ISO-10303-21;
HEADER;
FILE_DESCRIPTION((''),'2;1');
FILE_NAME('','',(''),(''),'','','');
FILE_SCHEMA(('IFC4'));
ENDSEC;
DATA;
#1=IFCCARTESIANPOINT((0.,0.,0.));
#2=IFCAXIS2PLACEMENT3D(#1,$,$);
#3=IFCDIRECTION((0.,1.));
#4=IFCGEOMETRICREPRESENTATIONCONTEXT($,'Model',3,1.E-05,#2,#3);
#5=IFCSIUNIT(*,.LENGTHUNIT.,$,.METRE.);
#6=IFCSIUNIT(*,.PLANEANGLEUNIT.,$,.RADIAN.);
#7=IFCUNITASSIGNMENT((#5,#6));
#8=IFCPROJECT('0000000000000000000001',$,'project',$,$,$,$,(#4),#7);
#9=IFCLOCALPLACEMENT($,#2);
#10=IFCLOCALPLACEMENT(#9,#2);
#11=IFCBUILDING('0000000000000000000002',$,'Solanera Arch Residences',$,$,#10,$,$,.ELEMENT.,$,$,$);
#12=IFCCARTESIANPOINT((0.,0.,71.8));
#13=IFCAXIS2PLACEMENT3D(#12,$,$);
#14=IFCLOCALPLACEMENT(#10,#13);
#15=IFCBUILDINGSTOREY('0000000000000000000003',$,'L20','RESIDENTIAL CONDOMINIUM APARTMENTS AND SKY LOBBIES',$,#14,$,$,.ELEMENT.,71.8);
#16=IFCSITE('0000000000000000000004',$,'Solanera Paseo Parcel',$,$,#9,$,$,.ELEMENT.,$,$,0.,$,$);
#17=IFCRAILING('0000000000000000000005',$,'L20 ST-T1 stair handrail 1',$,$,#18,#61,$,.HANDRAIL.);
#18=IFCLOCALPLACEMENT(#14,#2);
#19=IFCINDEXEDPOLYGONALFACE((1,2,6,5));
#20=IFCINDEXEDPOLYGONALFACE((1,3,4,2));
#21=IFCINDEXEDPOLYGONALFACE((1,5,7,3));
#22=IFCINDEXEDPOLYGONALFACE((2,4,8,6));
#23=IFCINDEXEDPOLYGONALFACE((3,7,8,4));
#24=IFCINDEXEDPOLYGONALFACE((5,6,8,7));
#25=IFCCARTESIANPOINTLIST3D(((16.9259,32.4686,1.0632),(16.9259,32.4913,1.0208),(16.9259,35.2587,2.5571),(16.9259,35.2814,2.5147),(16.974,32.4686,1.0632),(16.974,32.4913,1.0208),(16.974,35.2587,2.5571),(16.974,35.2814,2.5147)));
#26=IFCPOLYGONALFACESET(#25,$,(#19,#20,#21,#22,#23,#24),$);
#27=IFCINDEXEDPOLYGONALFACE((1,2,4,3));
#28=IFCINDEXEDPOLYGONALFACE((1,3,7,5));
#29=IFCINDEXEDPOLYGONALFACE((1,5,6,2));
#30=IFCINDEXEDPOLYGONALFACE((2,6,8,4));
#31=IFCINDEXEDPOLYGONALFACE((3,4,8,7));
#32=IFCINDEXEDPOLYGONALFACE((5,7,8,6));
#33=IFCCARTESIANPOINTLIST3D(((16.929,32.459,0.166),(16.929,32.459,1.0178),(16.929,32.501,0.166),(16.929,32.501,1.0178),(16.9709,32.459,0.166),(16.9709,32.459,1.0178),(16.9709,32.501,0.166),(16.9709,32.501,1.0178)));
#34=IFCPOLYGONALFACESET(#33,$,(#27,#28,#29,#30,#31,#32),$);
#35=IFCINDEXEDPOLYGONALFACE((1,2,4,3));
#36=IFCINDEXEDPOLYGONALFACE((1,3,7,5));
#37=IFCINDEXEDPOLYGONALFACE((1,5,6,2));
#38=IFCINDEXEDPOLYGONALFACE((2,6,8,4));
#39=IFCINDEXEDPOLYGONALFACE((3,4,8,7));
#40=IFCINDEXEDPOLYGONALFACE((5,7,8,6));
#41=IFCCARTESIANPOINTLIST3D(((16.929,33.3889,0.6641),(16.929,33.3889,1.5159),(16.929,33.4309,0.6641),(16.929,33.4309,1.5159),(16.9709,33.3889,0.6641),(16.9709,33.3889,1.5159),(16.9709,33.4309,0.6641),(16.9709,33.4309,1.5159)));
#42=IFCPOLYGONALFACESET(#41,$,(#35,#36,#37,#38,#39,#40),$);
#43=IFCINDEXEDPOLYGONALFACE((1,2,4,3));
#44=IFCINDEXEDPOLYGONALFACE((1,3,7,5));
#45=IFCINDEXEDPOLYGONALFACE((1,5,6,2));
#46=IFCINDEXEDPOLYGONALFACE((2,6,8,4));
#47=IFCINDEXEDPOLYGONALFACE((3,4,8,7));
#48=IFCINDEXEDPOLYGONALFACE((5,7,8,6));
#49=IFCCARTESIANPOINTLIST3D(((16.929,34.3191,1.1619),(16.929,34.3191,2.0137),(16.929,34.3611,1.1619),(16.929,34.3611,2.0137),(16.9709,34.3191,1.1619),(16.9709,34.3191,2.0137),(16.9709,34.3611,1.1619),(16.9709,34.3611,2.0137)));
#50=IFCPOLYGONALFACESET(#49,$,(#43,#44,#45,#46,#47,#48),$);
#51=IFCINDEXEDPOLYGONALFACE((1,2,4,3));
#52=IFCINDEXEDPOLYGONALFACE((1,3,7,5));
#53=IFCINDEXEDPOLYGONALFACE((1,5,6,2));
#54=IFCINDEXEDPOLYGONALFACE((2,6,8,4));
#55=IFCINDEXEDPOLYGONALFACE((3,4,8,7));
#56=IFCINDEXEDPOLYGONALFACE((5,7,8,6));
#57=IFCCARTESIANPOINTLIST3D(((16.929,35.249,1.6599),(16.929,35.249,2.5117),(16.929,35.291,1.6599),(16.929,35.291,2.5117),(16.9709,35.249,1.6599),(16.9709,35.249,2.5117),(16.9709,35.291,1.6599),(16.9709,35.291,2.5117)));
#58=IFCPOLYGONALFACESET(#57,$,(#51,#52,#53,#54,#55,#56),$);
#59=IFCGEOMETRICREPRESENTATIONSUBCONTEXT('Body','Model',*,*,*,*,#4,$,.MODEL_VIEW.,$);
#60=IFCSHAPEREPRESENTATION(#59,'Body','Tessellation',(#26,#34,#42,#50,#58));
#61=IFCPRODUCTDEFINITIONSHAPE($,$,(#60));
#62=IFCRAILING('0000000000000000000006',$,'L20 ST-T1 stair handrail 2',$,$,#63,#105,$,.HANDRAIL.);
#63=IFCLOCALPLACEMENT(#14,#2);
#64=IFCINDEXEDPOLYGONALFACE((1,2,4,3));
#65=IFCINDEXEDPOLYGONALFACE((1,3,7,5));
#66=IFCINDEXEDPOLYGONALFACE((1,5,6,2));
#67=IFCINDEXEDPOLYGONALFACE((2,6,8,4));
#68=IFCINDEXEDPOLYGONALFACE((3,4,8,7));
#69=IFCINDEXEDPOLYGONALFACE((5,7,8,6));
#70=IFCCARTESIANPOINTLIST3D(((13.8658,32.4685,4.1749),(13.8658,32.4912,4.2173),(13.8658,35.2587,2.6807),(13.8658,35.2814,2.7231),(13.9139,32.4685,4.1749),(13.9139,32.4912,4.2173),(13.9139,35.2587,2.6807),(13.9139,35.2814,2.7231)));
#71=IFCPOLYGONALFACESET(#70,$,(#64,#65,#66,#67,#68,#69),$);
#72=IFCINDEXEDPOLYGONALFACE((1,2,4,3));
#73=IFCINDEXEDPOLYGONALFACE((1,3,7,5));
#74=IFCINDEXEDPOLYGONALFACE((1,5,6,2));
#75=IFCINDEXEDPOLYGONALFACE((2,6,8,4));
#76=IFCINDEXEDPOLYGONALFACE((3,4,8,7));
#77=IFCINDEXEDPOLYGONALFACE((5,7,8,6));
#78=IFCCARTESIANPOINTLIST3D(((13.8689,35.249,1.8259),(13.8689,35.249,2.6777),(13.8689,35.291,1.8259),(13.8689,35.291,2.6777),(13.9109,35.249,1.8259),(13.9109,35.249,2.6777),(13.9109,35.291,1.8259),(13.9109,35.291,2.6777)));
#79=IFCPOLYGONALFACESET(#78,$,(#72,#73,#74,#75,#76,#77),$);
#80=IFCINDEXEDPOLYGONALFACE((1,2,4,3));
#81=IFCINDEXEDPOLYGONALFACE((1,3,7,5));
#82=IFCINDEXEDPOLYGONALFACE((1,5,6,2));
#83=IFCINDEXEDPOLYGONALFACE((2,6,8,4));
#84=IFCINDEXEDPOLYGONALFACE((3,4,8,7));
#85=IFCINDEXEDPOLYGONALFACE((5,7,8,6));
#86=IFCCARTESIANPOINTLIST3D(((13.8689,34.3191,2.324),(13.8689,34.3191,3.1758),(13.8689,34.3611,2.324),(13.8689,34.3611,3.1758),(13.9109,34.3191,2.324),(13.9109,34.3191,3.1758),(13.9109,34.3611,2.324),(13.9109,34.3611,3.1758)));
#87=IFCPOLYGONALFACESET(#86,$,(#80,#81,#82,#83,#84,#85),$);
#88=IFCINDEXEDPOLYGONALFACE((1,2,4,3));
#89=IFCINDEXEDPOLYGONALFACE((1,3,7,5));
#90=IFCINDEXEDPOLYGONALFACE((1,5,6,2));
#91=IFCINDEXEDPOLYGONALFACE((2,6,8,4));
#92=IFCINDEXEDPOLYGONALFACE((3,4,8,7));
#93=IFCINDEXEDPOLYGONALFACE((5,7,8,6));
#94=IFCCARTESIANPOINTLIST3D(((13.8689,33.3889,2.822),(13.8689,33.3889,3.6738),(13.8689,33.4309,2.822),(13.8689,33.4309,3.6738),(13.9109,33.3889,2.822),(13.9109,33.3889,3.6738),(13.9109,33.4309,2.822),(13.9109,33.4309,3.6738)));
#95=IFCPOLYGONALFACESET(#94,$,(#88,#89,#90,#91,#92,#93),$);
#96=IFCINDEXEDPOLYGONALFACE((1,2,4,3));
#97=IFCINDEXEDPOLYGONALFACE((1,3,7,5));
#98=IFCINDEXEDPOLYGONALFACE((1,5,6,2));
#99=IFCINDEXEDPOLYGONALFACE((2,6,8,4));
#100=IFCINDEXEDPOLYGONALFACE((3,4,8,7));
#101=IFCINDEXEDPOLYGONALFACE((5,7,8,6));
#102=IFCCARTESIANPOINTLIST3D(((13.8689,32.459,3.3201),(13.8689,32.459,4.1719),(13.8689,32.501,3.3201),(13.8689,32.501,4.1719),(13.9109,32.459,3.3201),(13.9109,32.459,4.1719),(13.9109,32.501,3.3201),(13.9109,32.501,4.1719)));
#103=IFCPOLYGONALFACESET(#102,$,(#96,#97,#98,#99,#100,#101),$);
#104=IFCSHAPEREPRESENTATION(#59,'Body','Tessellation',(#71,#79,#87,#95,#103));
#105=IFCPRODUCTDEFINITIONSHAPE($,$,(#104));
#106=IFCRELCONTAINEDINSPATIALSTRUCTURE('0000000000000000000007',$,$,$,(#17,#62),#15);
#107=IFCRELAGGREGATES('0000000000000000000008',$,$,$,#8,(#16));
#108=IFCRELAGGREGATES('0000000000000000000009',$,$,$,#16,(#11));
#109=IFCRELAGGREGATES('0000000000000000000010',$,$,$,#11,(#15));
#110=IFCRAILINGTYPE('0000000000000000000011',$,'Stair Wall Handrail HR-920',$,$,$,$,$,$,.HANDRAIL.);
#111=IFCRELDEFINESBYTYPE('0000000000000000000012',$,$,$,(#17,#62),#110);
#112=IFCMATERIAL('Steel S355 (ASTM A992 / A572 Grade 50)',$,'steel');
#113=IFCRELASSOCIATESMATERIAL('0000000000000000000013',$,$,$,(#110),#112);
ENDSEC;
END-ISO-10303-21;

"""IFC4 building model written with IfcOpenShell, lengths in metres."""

from ifc_helpers import new_model, si_unit, direction, frame, origin, origin_2d, place, context, subcontext, project, spatial, rectangle, extrude, material, type_object, element, save


model = new_model("IFC4")

# Units and contexts
model_context = context("Model", 3, precision=1e-05, world=origin(), true_north=direction((0.0, 1.0)))
body_context = subcontext(model_context, "Body", "Model", "MODEL_VIEW")
ifc_project = project(units=[si_unit("LENGTHUNIT", "METRE"), si_unit("PLANEANGLEUNIT", "RADIAN")], contexts=[model_context])

# Site, building, storey
site_placement = place(None, origin())
site = spatial("IfcSite", under=ifc_project, at=site_placement, Name="Solanera Paseo Parcel", CompositionType="ELEMENT", RefElevation=0.0)
building_placement = place(site_placement, origin())
building = spatial("IfcBuilding", under=site, at=building_placement, Name="Solanera Arch Residences", CompositionType="ELEMENT")
storey_placement = place(building_placement, frame((0.0, 0.0, 71.8)))
storey = spatial("IfcBuildingStorey", under=building, at=storey_placement, Name="L20", Description="RESIDENTIAL CONDOMINIUM APARTMENTS AND SKY LOBBIES", CompositionType="ELEMENT", Elevation=71.8)

# Railings
ifc_material_1 = material(Name="Steel S355 (ASTM A992 / A572 Grade 50)", Category="steel")
railing_type_1 = type_object("IfcRailingType", Name="Stair Wall Handrail HR-920", PredefinedType="HANDRAIL", material=ifc_material_1)
railing_1_placement = place(storey_placement, frame((16.95, 32.48, 0.166)))
element("IfcRailing", 1, at=railing_1_placement, inside=storey, type_object=railing_type_1, Name="L20 ST-T1 stair handrail 1", PredefinedType="HANDRAIL", context=body_context, shape_type="SweptSolid", body=[
    extrude(rectangle(XDim=0.0481, YDim=0.0481, at=origin_2d()), frame((0.0, 0.0, 0.876), z_axis=(0.0, 0.881581, 0.472033), x_axis=(-1.0, 0.0, 0.0)), (0.0, 0.0, 1.0), 3.1648),
    extrude(rectangle(XDim=0.042, YDim=0.042, at=origin_2d()), origin(), (0.0, 0.0, 1.0), 0.8518),
    extrude(rectangle(XDim=0.042, YDim=0.042, at=origin_2d()), frame((0.0, 0.9299, 0.498)), (0.0, 0.0, 1.0), 0.8518),
    extrude(rectangle(XDim=0.042, YDim=0.042, at=origin_2d()), frame((0.0, 1.8601, 0.9958)), (0.0, 0.0, 1.0), 0.8518),
    extrude(rectangle(XDim=0.042, YDim=0.042, at=origin_2d()), frame((0.0, 2.79, 1.4939)), (0.0, 0.0, 1.0), 0.8518),
])
railing_2_placement = place(storey_placement, frame((13.8899, 35.27, 1.8259)))
element("IfcRailing", 2, at=railing_2_placement, inside=storey, type_object=railing_type_1, Name="L20 ST-T1 stair handrail 2", PredefinedType="HANDRAIL", context=body_context, shape_type="SweptSolid", body=[
    extrude(rectangle(XDim=0.0481, YDim=0.0481, at=origin_2d()), frame((0.0, 0.0, 0.876), z_axis=(0.0, -0.881549, 0.472093), x_axis=(1.0, 0.0, 0.0)), (0.0, 0.0, 1.0), 3.165),
    extrude(rectangle(XDim=0.042, YDim=0.042, at=origin_2d()), origin(), (0.0, 0.0, 1.0), 0.8518),
    extrude(rectangle(XDim=0.042, YDim=0.042, at=origin_2d()), frame((0.0, -0.9299, 0.498)), (0.0, 0.0, 1.0), 0.8518),
    extrude(rectangle(XDim=0.042, YDim=0.042, at=origin_2d()), frame((0.0, -1.8601, 0.9961)), (0.0, 0.0, 1.0), 0.8518),
    extrude(rectangle(XDim=0.042, YDim=0.042, at=origin_2d()), frame((0.0, -2.79, 1.4941)), (0.0, 0.0, 1.0), 0.8518),
])

save(model, "model.ifc")
